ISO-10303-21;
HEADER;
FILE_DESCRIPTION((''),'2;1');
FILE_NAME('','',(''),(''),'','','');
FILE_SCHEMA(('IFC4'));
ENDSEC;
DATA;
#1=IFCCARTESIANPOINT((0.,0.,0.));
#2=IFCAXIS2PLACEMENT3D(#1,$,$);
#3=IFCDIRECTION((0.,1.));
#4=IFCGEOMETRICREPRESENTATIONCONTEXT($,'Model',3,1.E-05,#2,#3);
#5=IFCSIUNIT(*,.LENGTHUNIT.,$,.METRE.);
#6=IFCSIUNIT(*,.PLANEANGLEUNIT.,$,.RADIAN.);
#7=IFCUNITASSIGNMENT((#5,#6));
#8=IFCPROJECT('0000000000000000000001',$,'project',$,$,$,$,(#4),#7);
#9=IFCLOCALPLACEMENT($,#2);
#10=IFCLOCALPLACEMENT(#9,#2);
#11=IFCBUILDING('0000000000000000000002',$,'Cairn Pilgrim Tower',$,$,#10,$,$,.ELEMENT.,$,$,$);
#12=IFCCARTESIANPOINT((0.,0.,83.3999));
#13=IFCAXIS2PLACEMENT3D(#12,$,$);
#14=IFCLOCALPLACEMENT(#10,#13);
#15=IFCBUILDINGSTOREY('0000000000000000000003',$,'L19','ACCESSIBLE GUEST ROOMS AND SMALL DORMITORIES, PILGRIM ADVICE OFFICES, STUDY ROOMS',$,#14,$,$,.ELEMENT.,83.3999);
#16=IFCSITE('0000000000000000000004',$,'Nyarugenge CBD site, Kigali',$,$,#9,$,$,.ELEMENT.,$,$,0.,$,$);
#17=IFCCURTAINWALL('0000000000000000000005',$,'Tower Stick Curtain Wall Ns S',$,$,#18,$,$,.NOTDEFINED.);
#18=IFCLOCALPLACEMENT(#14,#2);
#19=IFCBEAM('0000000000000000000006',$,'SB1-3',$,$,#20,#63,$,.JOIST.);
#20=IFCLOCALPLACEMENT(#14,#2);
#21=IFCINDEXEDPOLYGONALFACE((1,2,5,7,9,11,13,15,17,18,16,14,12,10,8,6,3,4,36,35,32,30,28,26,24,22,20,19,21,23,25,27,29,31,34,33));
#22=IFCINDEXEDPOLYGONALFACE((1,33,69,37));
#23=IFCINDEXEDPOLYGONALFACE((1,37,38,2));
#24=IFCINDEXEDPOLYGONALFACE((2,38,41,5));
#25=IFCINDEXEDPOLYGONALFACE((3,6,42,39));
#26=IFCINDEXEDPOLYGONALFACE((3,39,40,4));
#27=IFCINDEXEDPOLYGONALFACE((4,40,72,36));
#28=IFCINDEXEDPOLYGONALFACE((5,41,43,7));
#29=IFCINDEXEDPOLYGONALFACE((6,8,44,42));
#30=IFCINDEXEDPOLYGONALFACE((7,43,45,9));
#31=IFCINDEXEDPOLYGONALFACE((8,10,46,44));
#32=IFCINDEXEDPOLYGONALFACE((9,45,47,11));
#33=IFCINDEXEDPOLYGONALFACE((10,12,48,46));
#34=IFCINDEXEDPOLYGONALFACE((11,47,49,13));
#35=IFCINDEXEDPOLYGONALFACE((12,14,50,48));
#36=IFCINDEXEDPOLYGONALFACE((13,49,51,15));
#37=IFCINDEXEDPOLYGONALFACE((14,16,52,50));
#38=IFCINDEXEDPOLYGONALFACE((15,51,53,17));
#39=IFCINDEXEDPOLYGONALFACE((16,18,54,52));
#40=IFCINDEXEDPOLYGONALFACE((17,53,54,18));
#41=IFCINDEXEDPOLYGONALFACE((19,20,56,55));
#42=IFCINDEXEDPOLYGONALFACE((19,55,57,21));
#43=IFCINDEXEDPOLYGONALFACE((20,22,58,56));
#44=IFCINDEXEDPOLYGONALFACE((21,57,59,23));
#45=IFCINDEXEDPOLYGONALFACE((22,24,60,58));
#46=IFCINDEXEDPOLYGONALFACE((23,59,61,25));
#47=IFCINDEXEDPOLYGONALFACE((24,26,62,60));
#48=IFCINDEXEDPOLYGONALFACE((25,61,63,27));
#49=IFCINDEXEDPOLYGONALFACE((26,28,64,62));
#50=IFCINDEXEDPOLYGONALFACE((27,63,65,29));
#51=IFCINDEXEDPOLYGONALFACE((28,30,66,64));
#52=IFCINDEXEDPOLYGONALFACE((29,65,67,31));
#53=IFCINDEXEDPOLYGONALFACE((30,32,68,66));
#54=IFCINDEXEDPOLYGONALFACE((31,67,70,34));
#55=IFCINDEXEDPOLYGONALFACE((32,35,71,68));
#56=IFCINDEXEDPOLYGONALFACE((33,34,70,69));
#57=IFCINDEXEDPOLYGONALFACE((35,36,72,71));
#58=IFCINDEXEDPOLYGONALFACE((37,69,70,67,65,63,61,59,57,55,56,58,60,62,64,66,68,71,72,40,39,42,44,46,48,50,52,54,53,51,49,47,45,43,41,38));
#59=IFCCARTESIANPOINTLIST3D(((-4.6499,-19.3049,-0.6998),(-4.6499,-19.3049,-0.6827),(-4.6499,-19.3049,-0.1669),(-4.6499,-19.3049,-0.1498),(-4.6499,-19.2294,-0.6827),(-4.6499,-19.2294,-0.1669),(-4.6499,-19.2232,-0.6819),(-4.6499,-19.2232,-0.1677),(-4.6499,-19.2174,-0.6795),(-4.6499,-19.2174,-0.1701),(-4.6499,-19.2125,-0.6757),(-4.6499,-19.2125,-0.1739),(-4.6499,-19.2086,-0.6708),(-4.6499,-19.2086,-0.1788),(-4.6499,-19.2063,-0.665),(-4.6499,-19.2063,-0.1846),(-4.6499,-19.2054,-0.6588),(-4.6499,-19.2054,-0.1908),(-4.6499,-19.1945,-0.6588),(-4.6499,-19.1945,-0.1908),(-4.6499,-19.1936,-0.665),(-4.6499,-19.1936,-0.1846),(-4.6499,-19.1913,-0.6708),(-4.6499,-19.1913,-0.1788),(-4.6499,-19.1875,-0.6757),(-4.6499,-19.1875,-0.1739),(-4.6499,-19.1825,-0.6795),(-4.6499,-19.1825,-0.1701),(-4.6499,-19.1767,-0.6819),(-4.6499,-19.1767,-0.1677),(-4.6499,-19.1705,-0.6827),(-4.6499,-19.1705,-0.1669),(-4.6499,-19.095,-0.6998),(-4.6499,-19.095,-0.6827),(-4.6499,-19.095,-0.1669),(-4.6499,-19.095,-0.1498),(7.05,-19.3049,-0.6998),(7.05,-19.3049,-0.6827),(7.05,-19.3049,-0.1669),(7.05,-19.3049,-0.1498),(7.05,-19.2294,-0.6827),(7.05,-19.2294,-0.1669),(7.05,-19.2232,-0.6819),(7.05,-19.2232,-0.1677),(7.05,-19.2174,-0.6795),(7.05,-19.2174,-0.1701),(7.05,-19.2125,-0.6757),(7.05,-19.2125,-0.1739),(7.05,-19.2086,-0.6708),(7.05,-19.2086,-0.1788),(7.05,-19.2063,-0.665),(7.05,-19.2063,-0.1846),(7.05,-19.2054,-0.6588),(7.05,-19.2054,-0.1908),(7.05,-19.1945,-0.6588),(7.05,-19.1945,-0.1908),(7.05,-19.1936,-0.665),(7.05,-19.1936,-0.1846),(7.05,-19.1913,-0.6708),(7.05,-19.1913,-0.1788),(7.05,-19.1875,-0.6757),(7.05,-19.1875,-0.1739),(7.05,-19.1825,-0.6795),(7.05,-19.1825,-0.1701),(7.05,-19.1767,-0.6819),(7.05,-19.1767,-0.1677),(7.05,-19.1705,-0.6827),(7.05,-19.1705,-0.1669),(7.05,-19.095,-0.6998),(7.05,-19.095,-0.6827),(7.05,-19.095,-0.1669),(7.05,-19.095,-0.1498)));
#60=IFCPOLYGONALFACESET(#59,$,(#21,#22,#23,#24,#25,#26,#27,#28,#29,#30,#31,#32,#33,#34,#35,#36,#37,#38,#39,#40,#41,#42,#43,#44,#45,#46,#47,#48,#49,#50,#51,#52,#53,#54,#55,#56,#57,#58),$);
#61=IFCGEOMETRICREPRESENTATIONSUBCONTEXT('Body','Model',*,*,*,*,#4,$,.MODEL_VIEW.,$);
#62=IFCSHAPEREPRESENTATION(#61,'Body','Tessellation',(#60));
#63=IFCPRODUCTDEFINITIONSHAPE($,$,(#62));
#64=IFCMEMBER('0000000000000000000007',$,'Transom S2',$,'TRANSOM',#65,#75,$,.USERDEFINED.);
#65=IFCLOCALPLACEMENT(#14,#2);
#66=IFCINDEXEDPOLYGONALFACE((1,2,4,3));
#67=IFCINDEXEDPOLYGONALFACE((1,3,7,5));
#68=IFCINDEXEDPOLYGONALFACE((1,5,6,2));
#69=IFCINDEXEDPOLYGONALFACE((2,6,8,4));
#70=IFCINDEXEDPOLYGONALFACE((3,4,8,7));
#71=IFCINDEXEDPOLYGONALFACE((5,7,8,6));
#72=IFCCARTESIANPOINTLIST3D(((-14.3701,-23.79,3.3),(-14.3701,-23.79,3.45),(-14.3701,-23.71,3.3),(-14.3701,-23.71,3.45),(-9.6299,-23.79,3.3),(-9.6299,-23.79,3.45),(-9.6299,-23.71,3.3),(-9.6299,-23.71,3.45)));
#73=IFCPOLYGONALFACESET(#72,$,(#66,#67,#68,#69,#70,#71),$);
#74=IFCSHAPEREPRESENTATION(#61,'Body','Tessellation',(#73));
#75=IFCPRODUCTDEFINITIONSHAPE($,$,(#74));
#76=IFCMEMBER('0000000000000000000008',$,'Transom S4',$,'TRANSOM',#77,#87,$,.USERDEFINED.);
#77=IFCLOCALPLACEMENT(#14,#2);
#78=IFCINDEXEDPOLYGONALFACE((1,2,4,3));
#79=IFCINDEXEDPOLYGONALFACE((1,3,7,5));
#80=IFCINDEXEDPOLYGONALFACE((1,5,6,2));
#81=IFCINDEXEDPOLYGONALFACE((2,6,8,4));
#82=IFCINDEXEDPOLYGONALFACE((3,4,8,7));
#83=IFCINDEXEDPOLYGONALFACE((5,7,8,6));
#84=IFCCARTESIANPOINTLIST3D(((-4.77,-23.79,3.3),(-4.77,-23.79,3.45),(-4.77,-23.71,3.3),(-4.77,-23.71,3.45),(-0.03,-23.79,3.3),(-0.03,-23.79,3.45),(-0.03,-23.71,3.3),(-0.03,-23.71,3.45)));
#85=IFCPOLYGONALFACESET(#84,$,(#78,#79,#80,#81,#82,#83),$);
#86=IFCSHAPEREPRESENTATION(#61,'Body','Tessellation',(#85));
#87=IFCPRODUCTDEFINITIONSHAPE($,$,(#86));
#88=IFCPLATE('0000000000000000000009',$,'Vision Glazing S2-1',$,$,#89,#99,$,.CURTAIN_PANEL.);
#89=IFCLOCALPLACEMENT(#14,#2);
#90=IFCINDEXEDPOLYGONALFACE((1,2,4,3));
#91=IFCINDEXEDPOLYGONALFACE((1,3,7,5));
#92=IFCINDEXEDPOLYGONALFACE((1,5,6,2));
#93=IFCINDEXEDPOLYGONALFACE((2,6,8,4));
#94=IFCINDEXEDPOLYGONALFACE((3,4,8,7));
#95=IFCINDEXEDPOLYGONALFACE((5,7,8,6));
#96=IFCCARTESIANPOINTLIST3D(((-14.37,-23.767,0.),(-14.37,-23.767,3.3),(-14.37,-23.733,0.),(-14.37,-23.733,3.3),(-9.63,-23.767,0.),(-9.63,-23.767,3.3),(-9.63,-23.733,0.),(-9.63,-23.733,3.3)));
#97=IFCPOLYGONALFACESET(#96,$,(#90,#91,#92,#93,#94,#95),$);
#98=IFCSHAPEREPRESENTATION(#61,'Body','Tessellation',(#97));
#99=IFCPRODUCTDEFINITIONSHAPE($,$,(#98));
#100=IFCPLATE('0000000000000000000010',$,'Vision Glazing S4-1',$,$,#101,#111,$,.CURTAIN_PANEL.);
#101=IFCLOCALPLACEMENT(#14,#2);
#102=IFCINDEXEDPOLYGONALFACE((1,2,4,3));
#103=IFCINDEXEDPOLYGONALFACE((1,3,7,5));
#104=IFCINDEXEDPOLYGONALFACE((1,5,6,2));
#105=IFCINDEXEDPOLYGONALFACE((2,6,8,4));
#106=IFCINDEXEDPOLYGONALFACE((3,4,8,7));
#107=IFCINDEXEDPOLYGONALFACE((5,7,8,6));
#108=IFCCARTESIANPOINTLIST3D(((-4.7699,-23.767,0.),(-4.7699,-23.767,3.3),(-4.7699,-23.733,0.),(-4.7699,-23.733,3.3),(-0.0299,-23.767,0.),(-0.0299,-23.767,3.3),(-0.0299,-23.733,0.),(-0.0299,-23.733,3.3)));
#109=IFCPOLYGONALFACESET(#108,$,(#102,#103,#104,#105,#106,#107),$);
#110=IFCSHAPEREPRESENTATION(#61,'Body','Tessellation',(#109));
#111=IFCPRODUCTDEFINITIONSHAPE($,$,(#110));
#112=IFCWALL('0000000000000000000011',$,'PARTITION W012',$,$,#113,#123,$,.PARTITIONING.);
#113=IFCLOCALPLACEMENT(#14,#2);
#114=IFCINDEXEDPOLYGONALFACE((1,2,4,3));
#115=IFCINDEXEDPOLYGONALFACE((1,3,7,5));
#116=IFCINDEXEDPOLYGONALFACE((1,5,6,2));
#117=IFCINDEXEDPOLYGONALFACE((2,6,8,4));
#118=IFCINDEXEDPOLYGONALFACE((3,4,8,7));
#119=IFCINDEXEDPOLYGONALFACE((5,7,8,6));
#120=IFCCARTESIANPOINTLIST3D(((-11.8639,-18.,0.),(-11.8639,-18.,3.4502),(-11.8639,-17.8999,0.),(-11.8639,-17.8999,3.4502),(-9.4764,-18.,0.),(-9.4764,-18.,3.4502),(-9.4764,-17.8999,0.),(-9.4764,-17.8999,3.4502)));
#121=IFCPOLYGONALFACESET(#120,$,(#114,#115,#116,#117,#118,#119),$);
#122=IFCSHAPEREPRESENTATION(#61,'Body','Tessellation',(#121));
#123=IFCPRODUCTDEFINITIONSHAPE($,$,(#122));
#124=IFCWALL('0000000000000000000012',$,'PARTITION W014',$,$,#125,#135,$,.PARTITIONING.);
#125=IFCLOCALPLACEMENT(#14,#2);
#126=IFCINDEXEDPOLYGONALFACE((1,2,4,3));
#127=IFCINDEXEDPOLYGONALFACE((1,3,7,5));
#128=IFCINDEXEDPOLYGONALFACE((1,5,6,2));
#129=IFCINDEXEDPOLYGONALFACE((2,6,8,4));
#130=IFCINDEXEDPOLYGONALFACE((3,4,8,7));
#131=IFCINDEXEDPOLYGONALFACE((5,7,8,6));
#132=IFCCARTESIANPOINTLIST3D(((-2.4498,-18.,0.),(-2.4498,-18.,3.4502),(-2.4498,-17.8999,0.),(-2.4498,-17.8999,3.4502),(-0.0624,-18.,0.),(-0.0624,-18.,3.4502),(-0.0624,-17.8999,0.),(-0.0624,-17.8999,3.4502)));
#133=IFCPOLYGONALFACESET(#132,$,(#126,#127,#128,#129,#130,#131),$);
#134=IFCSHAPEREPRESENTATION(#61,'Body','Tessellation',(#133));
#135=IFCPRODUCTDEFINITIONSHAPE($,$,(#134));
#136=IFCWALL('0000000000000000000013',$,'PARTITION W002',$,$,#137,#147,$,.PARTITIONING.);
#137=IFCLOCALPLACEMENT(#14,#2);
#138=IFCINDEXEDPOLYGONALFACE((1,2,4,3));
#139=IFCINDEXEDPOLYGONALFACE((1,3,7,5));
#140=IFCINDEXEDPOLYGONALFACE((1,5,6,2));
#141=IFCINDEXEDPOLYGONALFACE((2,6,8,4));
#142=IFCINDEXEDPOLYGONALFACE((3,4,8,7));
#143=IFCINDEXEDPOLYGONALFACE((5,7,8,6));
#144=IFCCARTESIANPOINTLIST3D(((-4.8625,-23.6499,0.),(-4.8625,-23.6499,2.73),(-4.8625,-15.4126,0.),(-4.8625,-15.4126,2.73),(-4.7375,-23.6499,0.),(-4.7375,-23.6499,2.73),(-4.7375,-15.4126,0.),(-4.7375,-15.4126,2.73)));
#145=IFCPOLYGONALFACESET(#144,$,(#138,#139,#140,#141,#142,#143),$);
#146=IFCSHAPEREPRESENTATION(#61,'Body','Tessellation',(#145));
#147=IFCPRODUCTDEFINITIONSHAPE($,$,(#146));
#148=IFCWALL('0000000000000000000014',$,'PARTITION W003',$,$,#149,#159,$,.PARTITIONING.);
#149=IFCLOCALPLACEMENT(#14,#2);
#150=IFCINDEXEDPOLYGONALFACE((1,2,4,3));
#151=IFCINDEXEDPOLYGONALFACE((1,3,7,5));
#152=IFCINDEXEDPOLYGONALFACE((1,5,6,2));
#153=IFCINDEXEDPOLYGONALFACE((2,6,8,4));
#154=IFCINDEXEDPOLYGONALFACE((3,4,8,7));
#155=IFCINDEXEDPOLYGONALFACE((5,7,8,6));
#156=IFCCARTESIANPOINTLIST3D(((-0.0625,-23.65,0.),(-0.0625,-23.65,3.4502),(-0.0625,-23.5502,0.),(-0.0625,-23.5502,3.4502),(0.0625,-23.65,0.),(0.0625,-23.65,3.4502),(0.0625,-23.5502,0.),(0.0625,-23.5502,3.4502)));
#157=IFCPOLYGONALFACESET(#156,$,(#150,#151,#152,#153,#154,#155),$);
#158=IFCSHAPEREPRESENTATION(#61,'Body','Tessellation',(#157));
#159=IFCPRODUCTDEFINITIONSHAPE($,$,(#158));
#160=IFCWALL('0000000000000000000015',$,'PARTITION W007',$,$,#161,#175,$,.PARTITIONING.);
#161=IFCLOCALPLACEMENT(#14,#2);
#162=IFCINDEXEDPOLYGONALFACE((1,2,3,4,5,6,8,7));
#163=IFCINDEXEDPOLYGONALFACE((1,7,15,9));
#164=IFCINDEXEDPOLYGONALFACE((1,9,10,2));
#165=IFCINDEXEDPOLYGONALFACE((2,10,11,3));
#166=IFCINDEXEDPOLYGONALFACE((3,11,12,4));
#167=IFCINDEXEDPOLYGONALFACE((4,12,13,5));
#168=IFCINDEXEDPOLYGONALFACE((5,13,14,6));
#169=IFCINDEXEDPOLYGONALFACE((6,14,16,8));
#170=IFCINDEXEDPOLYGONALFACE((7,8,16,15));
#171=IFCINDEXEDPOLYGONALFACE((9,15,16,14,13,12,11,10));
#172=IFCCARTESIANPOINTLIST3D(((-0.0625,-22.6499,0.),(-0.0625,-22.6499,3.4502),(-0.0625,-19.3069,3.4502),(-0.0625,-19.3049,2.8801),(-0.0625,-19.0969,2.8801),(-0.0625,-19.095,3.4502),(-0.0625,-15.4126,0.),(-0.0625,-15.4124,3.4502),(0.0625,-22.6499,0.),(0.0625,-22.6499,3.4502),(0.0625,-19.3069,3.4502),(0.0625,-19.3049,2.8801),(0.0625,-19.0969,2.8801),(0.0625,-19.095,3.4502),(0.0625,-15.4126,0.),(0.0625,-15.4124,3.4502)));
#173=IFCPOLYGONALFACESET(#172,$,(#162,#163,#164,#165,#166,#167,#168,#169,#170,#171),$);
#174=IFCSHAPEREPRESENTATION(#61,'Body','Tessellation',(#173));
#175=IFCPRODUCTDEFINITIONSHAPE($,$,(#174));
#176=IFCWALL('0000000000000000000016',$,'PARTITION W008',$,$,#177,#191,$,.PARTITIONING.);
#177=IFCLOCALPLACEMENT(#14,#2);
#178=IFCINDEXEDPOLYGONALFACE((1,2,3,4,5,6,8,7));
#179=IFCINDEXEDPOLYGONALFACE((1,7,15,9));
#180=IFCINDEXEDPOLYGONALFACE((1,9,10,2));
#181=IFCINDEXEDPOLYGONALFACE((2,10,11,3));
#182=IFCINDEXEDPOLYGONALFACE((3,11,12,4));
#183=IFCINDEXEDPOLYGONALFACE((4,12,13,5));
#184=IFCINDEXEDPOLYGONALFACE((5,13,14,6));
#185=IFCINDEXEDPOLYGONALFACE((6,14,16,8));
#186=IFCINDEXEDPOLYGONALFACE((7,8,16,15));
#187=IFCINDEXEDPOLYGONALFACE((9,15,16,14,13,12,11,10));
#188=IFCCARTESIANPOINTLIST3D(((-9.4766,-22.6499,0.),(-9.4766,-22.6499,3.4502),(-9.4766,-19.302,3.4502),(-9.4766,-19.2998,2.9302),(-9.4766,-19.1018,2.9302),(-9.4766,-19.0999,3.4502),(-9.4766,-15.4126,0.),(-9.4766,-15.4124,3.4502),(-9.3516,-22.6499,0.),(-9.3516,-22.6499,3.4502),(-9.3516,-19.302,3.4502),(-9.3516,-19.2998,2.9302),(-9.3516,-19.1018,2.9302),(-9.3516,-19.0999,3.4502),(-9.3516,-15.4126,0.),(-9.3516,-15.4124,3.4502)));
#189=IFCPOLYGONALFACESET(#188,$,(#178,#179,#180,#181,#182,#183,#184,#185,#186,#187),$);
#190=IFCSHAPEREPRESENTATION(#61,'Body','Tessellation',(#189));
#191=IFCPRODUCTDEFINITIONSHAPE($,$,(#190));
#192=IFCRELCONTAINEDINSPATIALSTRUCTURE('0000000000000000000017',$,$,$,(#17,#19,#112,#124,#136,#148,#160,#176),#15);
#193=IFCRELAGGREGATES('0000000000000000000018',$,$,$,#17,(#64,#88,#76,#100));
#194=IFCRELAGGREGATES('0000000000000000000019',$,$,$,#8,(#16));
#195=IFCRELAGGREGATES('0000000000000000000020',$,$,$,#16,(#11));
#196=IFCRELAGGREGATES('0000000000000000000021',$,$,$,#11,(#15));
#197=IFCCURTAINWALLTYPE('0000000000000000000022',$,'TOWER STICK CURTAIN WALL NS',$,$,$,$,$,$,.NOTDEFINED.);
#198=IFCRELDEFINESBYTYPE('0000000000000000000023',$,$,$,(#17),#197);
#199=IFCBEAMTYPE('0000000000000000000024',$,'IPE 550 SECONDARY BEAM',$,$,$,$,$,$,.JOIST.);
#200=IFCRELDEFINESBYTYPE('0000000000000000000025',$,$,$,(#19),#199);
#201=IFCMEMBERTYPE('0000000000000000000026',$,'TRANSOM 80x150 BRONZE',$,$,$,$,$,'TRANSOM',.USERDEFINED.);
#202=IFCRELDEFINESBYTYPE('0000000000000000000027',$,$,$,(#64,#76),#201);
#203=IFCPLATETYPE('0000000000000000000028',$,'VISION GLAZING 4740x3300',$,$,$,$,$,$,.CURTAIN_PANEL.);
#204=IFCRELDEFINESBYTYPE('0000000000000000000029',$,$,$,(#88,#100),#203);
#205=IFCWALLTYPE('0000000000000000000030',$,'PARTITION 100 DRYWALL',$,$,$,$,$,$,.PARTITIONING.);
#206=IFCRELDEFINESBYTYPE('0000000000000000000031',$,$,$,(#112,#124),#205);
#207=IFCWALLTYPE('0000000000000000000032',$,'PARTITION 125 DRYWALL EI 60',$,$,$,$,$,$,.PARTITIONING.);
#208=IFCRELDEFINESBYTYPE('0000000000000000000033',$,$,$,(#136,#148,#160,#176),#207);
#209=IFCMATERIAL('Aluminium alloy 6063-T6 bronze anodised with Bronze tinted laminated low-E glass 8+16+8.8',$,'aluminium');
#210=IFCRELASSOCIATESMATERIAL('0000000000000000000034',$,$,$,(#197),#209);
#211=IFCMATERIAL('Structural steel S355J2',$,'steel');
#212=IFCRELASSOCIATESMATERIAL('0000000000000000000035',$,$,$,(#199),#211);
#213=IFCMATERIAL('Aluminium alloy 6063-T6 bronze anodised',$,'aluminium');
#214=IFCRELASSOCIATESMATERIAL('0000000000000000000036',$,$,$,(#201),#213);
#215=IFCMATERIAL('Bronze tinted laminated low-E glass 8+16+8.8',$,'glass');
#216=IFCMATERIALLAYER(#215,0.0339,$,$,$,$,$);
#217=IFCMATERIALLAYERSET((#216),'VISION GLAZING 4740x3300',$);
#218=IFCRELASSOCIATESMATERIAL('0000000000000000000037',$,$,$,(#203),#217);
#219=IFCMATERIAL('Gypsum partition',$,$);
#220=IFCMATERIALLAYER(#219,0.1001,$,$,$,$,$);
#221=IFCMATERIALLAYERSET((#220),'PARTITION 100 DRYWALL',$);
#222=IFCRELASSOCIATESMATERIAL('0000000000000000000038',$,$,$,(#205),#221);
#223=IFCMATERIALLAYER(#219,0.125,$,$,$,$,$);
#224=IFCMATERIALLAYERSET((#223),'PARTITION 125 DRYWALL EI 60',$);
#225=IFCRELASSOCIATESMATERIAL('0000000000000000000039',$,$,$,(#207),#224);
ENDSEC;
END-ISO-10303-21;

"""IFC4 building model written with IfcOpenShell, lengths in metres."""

from ifc_helpers import new_model, si_unit, direction, frame, frame_2d, origin, origin_2d, place, context, subcontext, project, spatial, polyline, rectangle, i_section, outline, extrude, material, layer, layer_set, material_profile, profile_set, type_object, element, aggregate, save


model = new_model("IFC4")

# Units and contexts
model_context = context("Model", 3, precision=1e-05, world=origin(), true_north=direction((0.0, 1.0)))
body_context = subcontext(model_context, "Body", "Model", "MODEL_VIEW")
ifc_project = project(units=[si_unit("LENGTHUNIT", "METRE"), si_unit("PLANEANGLEUNIT", "RADIAN")], contexts=[model_context])

# Site, building, storey
site_placement = place(None, origin())
site = spatial("IfcSite", under=ifc_project, at=site_placement, Name="Nyarugenge CBD site, Kigali", CompositionType="ELEMENT", RefElevation=0.0)
building_placement = place(site_placement, origin())
building = spatial("IfcBuilding", under=site, at=building_placement, Name="Cairn Pilgrim Tower", CompositionType="ELEMENT")
storey_placement = place(building_placement, frame((0.0, 0.0, 83.3999)))
storey = spatial("IfcBuildingStorey", under=building, at=storey_placement, Name="L19", Description="ACCESSIBLE GUEST ROOMS AND SMALL DORMITORIES, PILGRIM ADVICE OFFICES, STUDY ROOMS", CompositionType="ELEMENT", Elevation=83.3999)

# Curtain wall
ifc_material_1 = material(Name="Aluminium alloy 6063-T6 bronze anodised with Bronze tinted laminated low-E glass 8+16+8.8", Category="aluminium")
curtain_wall_type = type_object("IfcCurtainWallType", Name="TOWER STICK CURTAIN WALL NS", PredefinedType="NOTDEFINED", material=ifc_material_1)
curtain_wall_placement = place(storey_placement, origin())
curtain_wall = element("IfcCurtainWall", 1, at=curtain_wall_placement, inside=storey, type_object=curtain_wall_type, Name="Tower Stick Curtain Wall Ns S", PredefinedType="NOTDEFINED")
ifc_material_2 = material(Name="Aluminium alloy 6063-T6 bronze anodised", Category="aluminium")

# Beam
ifc_material_3 = material(Name="Structural steel S355J2", Category="steel")
ifc_material_profile_1 = material_profile(ifc_material_3, i_section(OverallWidth=0.21, OverallDepth=0.55, WebThickness=0.011, FlangeThickness=0.0171, FilletRadius=0.0239, at=origin_2d()), Name="IPE 550")
ifc_profile_set_1 = profile_set([ifc_material_profile_1], Name="Structural steel S355J2")
beam_type_1 = type_object("IfcBeamType", Name="IPE 550 SECONDARY BEAM", PredefinedType="JOIST", material=ifc_profile_set_1)
beam_1_placement = place(storey_placement, frame((-4.6499, -19.2, -0.4248), z_axis=(1.0, 0.0, 0.0), x_axis=(0.0, 1.0, 0.0)))
element("IfcBeam", 2, at=beam_1_placement, inside=storey, type_object=beam_type_1, Name="SB1-3", PredefinedType="JOIST", context=body_context, shape_type="SweptSolid", body=[
    extrude(i_section(OverallWidth=0.21, OverallDepth=0.55, WebThickness=0.011, FlangeThickness=0.0171, FilletRadius=0.0239, at=origin_2d()), origin(), (0.0, 0.0, 1.0), 11.7),
])

# Members
ifc_material_profile_2 = material_profile(ifc_material_2, rectangle(XDim=0.0801, YDim=0.1499, at=origin_2d()), Name="TRANSOM 80x150 BRONZE")
ifc_profile_set_2 = profile_set([ifc_material_profile_2], Name="Aluminium alloy 6063-T6 bronze anodised")
member_type_1 = type_object("IfcMemberType", Name="TRANSOM 80x150 BRONZE", ElementType="TRANSOM", PredefinedType="USERDEFINED", material=ifc_profile_set_2)
member_1_placement = place(storey_placement, frame((-14.3701, -23.75, 3.375), z_axis=(1.0, 0.0, 0.0), x_axis=(0.0, 1.0, 0.0)))
member_1 = element("IfcMember", 3, at=member_1_placement, type_object=member_type_1, Name="Transom S2", ObjectType="TRANSOM", PredefinedType="USERDEFINED", context=body_context, shape_type="SweptSolid", body=[
    extrude(rectangle(XDim=0.0801, YDim=0.1499, at=origin_2d()), origin(), (0.0, 0.0, 1.0), 4.7402),
])
member_2_placement = place(storey_placement, frame((-4.77, -23.75, 3.375), z_axis=(1.0, 0.0, 0.0), x_axis=(0.0, 1.0, 0.0)))
member_2 = element("IfcMember", 4, at=member_2_placement, type_object=member_type_1, Name="Transom S4", ObjectType="TRANSOM", PredefinedType="USERDEFINED", context=body_context, shape_type="SweptSolid", body=[
    extrude(rectangle(XDim=0.0801, YDim=0.1499, at=origin_2d()), origin(), (0.0, 0.0, 1.0), 4.74),
])

# Plates
ifc_material_4 = material(Name="Bronze tinted laminated low-E glass 8+16+8.8", Category="glass")
ifc_layer_1 = layer(ifc_material_4, 0.0339)
ifc_layer_set_1 = layer_set([ifc_layer_1], Name="VISION GLAZING 4740x3300")
plate_type = type_object("IfcPlateType", Name="VISION GLAZING 4740x3300", PredefinedType="CURTAIN_PANEL", material=ifc_layer_set_1)
plate_1_placement = place(storey_placement, frame((-12.0, -23.75, 0.0), z_axis=(0.0, 0.0, 1.0), x_axis=(1.0, 0.0, 0.0)))
plate_1 = element("IfcPlate", 5, at=plate_1_placement, type_object=plate_type, Name="Vision Glazing S2-1", PredefinedType="CURTAIN_PANEL", context=body_context, shape_type="SweptSolid", body=[
    extrude(rectangle(XDim=4.74, YDim=0.0339, at=origin_2d()), origin(), (0.0, 0.0, 1.0), 3.3),
])
plate_2_placement = place(storey_placement, frame((-2.3999, -23.75, 0.0), z_axis=(0.0, 0.0, 1.0), x_axis=(1.0, 0.0, 0.0)))
plate_2 = element("IfcPlate", 6, at=plate_2_placement, type_object=plate_type, Name="Vision Glazing S4-1", PredefinedType="CURTAIN_PANEL", context=body_context, shape_type="SweptSolid", body=[
    extrude(rectangle(XDim=4.74, YDim=0.0339, at=origin_2d()), origin(), (0.0, 0.0, 1.0), 3.3),
])
aggregate(curtain_wall, [member_1, plate_1, member_2, plate_2])

# Walls
ifc_material_5 = material(Name="Gypsum partition")
ifc_layer_2 = layer(ifc_material_5, 0.1001)
ifc_layer_set_2 = layer_set([ifc_layer_2], Name="PARTITION 100 DRYWALL")
wall_type_1 = type_object("IfcWallType", Name="PARTITION 100 DRYWALL", PredefinedType="PARTITIONING", material=ifc_layer_set_2)
for number, where, z_axis, x_axis, name in (
    (7, (-11.864, -17.95, 0.0), (0.0, 0.0, 1.0), (1.0, 0.0, 0.0), "PARTITION W012"),
    (8, (-2.45, -17.95, 0.0), (0.0, 0.0, 1.0), (1.0, 0.0, 0.0), "PARTITION W014"),
):
    element("IfcWall", number, at=place(storey_placement, frame(where, z_axis=z_axis, x_axis=x_axis)), inside=storey, type_object=wall_type_1, Name=name, PredefinedType="PARTITIONING", context=body_context, shape_type="SweptSolid", body=[
        extrude(rectangle(XDim=2.3875, YDim=0.1001, at=frame_2d((1.1938, 0.0))), origin(), (0.0, 0.0, 1.0), 3.4502),
    ])
ifc_layer_3 = layer(ifc_material_5, 0.125)
ifc_layer_set_3 = layer_set([ifc_layer_3], Name="PARTITION 125 DRYWALL EI 60")
wall_type_2 = type_object("IfcWallType", Name="PARTITION 125 DRYWALL EI 60", PredefinedType="PARTITIONING", material=ifc_layer_set_3)
wall_1_placement = place(storey_placement, frame((-4.8, -23.6499, 0.0), z_axis=(0.0, 0.0, 1.0), x_axis=(0.0, 1.0, 0.0)))
element("IfcWall", 9, at=wall_1_placement, inside=storey, type_object=wall_type_2, Name="PARTITION W002", PredefinedType="PARTITIONING", context=body_context, shape_type="SweptSolid", body=[
    extrude(rectangle(XDim=8.2373, YDim=0.125, at=frame_2d((4.1187, 0.0))), origin(), (0.0, 0.0, 1.0), 2.73),
])
wall_2_placement = place(storey_placement, frame((0.0, -23.6499, 0.0), z_axis=(0.0, 0.0, 1.0), x_axis=(0.0, 1.0, 0.0)))
element("IfcWall", 10, at=wall_2_placement, inside=storey, type_object=wall_type_2, Name="PARTITION W003", PredefinedType="PARTITIONING", context=body_context, shape_type="SweptSolid", body=[
    extrude(rectangle(XDim=0.0999, YDim=0.125, at=frame_2d((0.0498, 0.0))), origin(), (0.0, 0.0, 1.0), 3.4502),
])
wall_3_placement = place(storey_placement, frame((0.0, -22.6499, 0.0), z_axis=(0.0, 0.0, 1.0), x_axis=(0.0, 1.0, 0.0)))
element("IfcWall", 11, at=wall_3_placement, inside=storey, type_object=wall_type_2, Name="PARTITION W007", PredefinedType="PARTITIONING", context=body_context, shape_type="SweptSolid", body=[
    extrude(outline(polyline([(0.0, 0.0), (7.2373, 0.0), (7.2375, 3.4502), (3.5549, 3.4502), (3.553, 2.8801), (3.345, 2.8801), (3.343, 3.4502), (0.0, 3.4502), (0.0, 0.0)])), frame((0.0, 0.0625, 0.0), z_axis=(0.0, -1.0, 0.0), x_axis=(1.0, 0.0, 0.0)), (0.0, 0.0, 1.0), 0.125),
])
wall_4_placement = place(storey_placement, frame((-9.4141, -22.6499, 0.0), z_axis=(0.0, 0.0, 1.0), x_axis=(0.0, 1.0, 0.0)))
element("IfcWall", 12, at=wall_4_placement, inside=storey, type_object=wall_type_2, Name="PARTITION W008", PredefinedType="PARTITIONING", context=body_context, shape_type="SweptSolid", body=[
    extrude(outline(polyline([(0.0, 0.0), (7.2373, 0.0), (7.2375, 3.4502), (3.55, 3.4502), (3.5481, 2.9302), (3.3501, 2.9302), (3.3479, 3.4502), (0.0, 3.4502), (0.0, 0.0)])), frame((0.0, 0.0625, 0.0), z_axis=(0.0, -1.0, 0.0), x_axis=(1.0, 0.0, 0.0)), (0.0, 0.0, 1.0), 0.125),
])

save(model, "model.ifc")
